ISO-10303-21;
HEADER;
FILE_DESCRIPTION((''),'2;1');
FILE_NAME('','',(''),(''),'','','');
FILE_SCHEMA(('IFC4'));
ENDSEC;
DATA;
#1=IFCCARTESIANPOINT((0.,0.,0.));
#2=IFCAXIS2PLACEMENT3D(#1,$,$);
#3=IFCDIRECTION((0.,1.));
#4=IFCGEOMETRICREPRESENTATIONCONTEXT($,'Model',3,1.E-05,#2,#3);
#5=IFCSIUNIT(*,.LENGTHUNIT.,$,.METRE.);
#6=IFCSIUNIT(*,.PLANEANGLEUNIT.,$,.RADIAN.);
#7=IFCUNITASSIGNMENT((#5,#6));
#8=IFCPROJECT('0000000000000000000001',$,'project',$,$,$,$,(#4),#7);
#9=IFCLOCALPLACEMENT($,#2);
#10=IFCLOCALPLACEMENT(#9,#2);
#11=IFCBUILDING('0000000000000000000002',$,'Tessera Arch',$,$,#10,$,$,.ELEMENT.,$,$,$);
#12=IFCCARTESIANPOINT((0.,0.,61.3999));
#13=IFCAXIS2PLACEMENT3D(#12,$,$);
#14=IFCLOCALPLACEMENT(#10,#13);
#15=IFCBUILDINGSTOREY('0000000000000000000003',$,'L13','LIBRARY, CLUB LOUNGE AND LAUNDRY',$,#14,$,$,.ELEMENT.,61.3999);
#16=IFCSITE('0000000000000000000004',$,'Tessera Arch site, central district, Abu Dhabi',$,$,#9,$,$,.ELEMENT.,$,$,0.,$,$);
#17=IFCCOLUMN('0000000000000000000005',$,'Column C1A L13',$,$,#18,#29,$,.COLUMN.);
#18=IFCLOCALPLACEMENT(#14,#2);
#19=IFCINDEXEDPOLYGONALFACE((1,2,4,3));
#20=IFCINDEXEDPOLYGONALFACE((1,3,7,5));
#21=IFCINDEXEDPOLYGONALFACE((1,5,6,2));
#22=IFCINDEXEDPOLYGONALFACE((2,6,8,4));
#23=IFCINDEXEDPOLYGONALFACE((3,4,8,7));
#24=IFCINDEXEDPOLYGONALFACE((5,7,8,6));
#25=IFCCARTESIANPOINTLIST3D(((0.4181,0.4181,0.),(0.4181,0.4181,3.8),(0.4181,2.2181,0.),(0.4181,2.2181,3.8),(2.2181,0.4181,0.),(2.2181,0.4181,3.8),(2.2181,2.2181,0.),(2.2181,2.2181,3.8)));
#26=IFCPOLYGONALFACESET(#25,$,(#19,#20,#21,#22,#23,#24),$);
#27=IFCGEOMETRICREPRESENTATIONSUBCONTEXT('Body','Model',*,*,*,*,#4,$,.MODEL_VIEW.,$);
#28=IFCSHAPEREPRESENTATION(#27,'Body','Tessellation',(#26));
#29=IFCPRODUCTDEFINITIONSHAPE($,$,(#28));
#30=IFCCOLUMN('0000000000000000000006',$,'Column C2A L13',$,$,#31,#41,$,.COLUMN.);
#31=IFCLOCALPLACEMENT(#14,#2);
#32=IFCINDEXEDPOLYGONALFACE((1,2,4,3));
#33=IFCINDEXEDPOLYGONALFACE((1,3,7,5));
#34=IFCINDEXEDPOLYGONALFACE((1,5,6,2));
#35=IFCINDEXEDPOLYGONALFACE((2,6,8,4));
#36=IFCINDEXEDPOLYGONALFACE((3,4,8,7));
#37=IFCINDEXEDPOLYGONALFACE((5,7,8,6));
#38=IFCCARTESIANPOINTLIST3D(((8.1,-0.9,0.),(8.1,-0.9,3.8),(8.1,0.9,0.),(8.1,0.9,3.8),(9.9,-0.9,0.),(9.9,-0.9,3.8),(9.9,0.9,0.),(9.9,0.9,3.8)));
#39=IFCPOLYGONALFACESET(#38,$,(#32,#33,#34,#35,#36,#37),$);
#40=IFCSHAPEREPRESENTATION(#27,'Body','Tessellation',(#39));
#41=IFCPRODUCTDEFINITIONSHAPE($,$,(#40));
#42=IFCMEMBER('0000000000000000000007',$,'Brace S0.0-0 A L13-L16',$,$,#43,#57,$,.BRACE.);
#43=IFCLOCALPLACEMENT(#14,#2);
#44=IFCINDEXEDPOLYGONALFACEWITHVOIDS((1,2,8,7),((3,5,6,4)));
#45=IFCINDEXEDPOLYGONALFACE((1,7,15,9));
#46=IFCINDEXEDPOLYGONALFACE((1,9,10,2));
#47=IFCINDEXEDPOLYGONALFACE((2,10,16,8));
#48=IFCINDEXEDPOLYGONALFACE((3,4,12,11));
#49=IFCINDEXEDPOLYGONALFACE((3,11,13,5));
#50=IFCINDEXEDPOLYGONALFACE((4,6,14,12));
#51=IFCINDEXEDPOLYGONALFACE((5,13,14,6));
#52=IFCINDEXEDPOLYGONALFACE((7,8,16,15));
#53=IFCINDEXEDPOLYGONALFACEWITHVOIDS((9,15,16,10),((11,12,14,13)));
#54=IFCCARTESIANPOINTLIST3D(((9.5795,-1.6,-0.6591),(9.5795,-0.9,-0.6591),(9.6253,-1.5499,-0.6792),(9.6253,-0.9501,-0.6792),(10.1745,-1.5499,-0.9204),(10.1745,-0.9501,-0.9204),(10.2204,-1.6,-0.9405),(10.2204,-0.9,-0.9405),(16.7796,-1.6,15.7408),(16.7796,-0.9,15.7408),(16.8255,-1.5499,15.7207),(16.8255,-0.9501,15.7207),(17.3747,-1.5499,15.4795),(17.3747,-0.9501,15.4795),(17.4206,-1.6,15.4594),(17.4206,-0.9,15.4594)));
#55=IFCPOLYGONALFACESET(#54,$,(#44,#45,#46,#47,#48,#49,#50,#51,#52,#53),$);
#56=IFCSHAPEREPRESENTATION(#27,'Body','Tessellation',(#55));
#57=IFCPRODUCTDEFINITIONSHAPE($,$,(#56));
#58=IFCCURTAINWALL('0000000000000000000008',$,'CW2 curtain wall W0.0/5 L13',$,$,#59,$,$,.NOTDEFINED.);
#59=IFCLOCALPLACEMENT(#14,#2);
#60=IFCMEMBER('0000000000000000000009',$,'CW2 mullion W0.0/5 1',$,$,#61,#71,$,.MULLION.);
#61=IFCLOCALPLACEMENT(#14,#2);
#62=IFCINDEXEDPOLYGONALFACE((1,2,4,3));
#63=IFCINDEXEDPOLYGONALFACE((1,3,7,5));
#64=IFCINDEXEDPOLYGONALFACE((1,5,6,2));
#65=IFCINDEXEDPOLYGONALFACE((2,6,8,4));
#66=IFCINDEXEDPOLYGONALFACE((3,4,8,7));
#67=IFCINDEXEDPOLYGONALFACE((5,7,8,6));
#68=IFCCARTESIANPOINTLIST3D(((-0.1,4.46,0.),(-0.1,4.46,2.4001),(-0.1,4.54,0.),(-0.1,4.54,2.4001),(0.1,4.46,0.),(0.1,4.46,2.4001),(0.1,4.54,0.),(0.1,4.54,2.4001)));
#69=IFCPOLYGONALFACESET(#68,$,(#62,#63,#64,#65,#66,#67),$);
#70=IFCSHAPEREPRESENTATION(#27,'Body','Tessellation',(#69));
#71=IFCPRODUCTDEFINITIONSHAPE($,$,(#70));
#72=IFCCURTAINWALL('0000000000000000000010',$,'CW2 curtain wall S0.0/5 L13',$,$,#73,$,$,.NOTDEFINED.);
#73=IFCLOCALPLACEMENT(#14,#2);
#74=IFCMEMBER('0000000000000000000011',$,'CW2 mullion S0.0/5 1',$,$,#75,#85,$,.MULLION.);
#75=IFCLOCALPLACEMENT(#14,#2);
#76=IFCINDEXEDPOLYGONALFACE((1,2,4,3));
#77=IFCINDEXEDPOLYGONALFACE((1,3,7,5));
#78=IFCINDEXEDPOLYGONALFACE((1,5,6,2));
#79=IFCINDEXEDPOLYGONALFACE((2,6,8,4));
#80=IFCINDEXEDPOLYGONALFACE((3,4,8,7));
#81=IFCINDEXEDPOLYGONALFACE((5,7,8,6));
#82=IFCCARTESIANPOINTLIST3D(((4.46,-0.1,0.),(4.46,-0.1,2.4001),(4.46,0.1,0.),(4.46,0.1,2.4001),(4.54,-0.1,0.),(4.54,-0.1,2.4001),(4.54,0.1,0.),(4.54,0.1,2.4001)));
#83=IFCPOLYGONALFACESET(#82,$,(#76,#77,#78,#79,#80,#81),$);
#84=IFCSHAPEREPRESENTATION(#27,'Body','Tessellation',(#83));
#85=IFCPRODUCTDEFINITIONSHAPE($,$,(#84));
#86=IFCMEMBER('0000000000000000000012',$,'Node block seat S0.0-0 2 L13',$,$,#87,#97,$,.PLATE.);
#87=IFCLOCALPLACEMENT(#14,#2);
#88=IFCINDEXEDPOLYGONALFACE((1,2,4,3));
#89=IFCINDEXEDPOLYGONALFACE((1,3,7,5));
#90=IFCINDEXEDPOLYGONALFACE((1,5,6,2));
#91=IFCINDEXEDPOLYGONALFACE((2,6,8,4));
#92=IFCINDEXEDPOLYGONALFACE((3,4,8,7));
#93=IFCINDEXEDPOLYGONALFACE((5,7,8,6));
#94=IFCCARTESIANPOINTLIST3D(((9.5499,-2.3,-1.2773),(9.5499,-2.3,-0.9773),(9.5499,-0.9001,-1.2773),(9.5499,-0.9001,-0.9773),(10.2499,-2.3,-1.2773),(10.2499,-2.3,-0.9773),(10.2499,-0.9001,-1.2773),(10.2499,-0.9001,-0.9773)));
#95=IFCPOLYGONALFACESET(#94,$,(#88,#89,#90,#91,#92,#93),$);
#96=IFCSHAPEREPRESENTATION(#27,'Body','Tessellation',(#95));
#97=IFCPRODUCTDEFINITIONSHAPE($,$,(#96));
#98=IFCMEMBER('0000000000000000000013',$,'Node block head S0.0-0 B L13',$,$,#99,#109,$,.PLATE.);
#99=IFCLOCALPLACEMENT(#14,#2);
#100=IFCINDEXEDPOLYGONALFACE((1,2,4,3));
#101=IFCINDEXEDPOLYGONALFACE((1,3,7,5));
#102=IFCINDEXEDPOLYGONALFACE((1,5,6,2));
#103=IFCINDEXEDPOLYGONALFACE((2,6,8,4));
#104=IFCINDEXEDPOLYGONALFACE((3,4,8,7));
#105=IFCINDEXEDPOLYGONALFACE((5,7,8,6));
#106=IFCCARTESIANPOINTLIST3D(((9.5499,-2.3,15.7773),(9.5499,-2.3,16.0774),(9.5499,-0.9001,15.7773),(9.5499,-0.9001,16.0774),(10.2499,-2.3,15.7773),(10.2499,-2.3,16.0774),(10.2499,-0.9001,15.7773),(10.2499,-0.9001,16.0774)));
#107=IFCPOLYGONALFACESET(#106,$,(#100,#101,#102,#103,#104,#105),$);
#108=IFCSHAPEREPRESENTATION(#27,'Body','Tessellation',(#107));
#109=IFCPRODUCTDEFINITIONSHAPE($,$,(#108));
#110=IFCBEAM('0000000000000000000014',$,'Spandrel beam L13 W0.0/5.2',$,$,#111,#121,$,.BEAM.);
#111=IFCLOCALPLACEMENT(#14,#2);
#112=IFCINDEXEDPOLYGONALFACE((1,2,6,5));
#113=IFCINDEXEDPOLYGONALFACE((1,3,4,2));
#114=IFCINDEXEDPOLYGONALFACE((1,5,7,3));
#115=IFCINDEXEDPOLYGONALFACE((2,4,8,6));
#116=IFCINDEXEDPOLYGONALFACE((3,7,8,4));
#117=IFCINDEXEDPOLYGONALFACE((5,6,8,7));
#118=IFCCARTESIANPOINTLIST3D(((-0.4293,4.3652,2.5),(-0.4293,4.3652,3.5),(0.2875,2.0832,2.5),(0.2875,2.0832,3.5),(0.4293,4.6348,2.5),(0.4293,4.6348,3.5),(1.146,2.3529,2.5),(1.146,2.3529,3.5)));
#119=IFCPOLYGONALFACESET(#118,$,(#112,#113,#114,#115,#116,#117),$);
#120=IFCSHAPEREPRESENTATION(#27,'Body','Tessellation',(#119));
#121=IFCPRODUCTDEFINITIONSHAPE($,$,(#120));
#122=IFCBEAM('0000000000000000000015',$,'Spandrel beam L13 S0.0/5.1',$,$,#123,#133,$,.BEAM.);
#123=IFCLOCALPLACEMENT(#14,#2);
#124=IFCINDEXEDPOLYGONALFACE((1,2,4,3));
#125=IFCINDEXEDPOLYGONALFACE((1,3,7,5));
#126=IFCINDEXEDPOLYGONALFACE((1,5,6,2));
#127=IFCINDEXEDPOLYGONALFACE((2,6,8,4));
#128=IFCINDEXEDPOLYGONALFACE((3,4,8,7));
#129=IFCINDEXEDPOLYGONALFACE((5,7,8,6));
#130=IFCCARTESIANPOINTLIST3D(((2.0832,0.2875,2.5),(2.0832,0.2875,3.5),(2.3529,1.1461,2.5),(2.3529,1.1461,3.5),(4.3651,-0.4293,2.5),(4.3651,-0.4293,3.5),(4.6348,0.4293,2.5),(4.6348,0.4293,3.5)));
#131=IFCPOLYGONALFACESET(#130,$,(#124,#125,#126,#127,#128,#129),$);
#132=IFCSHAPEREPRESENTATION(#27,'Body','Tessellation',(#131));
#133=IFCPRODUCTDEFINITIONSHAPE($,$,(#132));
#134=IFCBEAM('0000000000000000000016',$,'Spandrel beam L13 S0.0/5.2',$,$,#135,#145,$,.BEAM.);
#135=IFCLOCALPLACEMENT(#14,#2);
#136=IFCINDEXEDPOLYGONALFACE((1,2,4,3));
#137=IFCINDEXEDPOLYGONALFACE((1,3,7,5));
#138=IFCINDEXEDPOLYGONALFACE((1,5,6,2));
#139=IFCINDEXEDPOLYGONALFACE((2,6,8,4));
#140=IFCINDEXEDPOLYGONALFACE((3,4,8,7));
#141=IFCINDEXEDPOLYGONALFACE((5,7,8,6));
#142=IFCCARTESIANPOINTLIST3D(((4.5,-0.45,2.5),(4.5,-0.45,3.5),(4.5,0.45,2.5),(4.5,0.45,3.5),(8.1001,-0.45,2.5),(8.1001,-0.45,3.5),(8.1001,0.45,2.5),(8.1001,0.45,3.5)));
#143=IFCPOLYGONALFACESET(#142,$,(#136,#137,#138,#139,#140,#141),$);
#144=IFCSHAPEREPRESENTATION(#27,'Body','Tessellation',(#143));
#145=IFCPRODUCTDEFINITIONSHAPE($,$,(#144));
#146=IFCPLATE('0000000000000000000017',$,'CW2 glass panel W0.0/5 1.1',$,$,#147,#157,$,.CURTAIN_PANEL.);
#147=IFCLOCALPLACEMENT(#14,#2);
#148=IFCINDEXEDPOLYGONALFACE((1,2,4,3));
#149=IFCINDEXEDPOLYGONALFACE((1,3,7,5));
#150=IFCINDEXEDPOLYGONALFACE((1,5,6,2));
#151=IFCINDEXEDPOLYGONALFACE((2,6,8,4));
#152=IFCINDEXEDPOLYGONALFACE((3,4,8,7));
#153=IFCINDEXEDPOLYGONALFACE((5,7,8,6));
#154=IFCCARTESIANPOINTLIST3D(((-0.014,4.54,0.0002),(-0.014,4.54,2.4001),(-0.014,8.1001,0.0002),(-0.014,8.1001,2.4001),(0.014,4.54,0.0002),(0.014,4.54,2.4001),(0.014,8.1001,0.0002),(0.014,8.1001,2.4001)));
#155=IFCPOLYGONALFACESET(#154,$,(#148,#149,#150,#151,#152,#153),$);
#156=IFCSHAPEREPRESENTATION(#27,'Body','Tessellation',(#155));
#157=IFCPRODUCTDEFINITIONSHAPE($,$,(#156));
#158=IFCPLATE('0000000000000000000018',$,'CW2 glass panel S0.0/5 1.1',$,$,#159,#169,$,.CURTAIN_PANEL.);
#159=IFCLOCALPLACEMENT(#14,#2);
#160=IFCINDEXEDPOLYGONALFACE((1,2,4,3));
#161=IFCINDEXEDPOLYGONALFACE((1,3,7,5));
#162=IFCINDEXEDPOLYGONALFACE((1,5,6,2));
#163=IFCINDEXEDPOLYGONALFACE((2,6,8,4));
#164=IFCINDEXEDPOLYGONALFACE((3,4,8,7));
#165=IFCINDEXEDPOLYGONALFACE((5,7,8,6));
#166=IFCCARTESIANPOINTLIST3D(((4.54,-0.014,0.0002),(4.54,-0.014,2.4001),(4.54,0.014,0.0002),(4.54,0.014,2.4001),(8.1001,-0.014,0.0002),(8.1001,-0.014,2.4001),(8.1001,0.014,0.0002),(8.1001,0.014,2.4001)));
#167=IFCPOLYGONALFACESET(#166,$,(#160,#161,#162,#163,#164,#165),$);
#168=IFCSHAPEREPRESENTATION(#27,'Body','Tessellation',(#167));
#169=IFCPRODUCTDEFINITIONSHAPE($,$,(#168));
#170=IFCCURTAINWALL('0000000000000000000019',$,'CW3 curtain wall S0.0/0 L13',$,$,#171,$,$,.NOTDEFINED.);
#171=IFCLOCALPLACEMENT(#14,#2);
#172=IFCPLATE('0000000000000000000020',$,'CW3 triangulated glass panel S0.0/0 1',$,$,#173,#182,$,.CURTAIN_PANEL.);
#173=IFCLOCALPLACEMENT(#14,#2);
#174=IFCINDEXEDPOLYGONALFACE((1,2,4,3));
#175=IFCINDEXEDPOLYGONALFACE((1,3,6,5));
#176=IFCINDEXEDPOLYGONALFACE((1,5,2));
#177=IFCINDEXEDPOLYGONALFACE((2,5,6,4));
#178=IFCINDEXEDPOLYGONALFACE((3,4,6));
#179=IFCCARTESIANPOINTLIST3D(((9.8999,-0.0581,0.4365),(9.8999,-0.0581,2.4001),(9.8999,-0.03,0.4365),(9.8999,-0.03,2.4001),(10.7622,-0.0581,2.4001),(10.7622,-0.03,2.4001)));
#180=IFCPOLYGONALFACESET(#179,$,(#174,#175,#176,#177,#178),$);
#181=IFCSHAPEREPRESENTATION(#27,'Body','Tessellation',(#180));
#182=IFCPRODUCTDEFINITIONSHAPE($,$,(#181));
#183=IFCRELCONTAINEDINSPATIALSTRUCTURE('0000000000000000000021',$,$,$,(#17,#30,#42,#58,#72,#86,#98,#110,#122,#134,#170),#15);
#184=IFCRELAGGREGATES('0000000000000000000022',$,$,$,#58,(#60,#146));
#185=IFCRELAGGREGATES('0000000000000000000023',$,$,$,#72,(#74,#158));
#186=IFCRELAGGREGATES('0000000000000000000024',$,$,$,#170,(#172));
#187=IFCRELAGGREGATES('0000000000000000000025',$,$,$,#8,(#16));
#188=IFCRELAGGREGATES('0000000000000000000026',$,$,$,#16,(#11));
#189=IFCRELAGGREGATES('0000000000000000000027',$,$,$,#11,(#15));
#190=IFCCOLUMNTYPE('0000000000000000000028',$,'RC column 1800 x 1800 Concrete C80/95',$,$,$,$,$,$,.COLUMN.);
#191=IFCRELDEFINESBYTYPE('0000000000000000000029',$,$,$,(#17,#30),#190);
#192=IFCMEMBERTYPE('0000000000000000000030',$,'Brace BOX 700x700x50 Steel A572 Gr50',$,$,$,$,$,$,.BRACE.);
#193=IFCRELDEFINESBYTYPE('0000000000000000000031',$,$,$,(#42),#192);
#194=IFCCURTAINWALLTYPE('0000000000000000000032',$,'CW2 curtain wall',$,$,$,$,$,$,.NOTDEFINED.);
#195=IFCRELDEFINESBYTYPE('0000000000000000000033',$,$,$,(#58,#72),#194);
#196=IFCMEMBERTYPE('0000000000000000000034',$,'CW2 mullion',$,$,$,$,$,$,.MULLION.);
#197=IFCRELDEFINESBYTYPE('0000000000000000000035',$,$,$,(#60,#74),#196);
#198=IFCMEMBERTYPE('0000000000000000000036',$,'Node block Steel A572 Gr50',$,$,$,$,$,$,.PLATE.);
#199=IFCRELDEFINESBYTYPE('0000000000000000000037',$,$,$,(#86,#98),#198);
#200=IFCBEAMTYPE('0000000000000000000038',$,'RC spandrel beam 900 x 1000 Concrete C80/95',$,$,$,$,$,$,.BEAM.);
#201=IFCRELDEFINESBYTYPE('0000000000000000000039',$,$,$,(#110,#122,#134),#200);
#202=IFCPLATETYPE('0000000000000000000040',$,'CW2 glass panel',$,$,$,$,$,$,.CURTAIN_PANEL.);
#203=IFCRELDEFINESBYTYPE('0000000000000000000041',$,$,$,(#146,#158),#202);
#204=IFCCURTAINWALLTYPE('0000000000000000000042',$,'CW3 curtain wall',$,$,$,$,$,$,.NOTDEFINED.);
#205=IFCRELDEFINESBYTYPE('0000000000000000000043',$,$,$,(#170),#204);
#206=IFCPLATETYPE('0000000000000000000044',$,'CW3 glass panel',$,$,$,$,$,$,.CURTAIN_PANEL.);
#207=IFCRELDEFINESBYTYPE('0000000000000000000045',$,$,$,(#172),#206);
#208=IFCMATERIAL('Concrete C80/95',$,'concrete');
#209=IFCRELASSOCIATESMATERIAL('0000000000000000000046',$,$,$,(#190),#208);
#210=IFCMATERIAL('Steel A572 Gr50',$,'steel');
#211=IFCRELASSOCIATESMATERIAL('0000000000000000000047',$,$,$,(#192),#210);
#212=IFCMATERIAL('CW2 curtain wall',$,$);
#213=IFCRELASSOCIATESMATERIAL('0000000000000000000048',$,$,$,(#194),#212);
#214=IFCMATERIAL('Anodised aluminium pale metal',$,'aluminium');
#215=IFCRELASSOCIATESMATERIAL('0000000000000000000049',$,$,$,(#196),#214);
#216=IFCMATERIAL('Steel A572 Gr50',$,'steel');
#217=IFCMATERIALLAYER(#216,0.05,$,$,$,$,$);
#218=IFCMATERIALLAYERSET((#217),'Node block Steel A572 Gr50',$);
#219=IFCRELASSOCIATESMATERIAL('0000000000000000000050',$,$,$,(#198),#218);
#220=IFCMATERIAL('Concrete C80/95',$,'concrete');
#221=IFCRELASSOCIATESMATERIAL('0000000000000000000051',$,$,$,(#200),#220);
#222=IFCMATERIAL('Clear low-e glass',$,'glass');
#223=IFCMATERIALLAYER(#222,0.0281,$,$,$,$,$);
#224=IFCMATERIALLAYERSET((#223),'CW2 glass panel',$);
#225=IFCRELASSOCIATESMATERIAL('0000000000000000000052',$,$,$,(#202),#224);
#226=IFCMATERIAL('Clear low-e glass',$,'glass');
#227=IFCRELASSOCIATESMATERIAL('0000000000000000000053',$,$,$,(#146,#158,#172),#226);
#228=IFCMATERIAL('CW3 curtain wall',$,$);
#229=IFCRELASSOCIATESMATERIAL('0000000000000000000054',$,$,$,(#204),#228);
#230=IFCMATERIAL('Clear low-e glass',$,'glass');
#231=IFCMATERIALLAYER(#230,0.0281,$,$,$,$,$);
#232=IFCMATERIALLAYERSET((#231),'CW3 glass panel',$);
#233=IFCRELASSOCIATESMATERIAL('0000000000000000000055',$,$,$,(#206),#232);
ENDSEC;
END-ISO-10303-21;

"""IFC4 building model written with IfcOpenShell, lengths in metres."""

from ifc_helpers import new_model, si_unit, direction, frame, origin, origin_2d, place, context, subcontext, project, spatial, polyline, rectangle, hollow_rectangle, outline, extrude, material, layer, layer_set, material_profile, profile_set, type_object, element, aggregate, save


model = new_model("IFC4")

# Units and contexts
model_context = context("Model", 3, precision=1e-05, world=origin(), true_north=direction((0.0, 1.0)))
body_context = subcontext(model_context, "Body", "Model", "MODEL_VIEW")
ifc_project = project(units=[si_unit("LENGTHUNIT", "METRE"), si_unit("PLANEANGLEUNIT", "RADIAN")], contexts=[model_context])

# Site, building, storey
site_placement = place(None, origin())
site = spatial("IfcSite", under=ifc_project, at=site_placement, Name="Tessera Arch site, central district, Abu Dhabi", CompositionType="ELEMENT", RefElevation=0.0)
building_placement = place(site_placement, origin())
building = spatial("IfcBuilding", under=site, at=building_placement, Name="Tessera Arch", CompositionType="ELEMENT")
storey_placement = place(building_placement, frame((0.0, 0.0, 61.3999)))
storey = spatial("IfcBuildingStorey", under=building, at=storey_placement, Name="L13", Description="LIBRARY, CLUB LOUNGE AND LAUNDRY", CompositionType="ELEMENT", Elevation=61.3999)

# Columns
ifc_material_1 = material(Name="Concrete C80/95", Category="concrete")
ifc_material_profile_1 = material_profile(ifc_material_1, rectangle(XDim=1.8, YDim=1.8, at=origin_2d()), Name="RC column 1800 x 1800 Concrete C80/95")
ifc_profile_set_1 = profile_set([ifc_material_profile_1], Name="Concrete C80/95")
column_type = type_object("IfcColumnType", Name="RC column 1800 x 1800 Concrete C80/95", PredefinedType="COLUMN", material=ifc_profile_set_1)
for number, where, z_axis, x_axis, name in (
    (1, (1.3181, 1.3181, 0.0), (0.0, 0.0, 1.0), (1.0, 0.0, 0.0), "Column C1A L13"),
    (2, (9.0, 0.0, 0.0), (0.0, 0.0, 1.0), (1.0, 0.0, 0.0), "Column C2A L13"),
):
    element("IfcColumn", number, at=place(storey_placement, frame(where, z_axis=z_axis, x_axis=x_axis)), inside=storey, type_object=column_type, Name=name, PredefinedType="COLUMN", context=body_context, shape_type="SweptSolid", body=[
        extrude(rectangle(XDim=1.8, YDim=1.8, at=origin_2d()), origin(), (0.0, 0.0, 1.0), 3.8),
    ])

# Member
ifc_material_2 = material(Name="Steel A572 Gr50", Category="steel")
ifc_material_profile_2 = material_profile(ifc_material_2, hollow_rectangle(XDim=0.7, YDim=0.7, WallThickness=0.05, at=origin_2d()), Name="BOX 700x700x50")
ifc_profile_set_2 = profile_set([ifc_material_profile_2], Name="Steel A572 Gr50")
member_type_1 = type_object("IfcMemberType", Name="Brace BOX 700x700x50 Steel A572 Gr50", PredefinedType="BRACE", material=ifc_profile_set_2)
member_1_placement = place(storey_placement, frame((9.8999, -1.25, -0.7998), z_axis=(0.402001, 0.0, 0.915639), x_axis=(0.0, 1.0, 0.0)))
element("IfcMember", 3, at=member_1_placement, inside=storey, type_object=member_type_1, Name="Brace S0.0-0 A L13-L16", PredefinedType="BRACE", context=body_context, shape_type="SweptSolid", body=[
    extrude(hollow_rectangle(XDim=0.7, YDim=0.7, WallThickness=0.05, at=origin_2d()), origin(), (0.0, 0.0, 1.0), 17.9109),
])

# Curtain walls, members
ifc_material_3 = material(Name="CW2 curtain wall")
curtain_wall_type_1 = type_object("IfcCurtainWallType", Name="CW2 curtain wall", PredefinedType="NOTDEFINED", material=ifc_material_3)
curtain_wall_1_placement = place(storey_placement, origin())
curtain_wall_1 = element("IfcCurtainWall", 4, at=curtain_wall_1_placement, inside=storey, type_object=curtain_wall_type_1, Name="CW2 curtain wall W0.0/5 L13", PredefinedType="NOTDEFINED")
ifc_material_4 = material(Name="Anodised aluminium pale metal", Category="aluminium")
ifc_material_profile_3 = material_profile(ifc_material_4, rectangle(XDim=0.2, YDim=0.0801, at=origin_2d()), Name="AL 80x200")
ifc_profile_set_3 = profile_set([ifc_material_profile_3], Name="Anodised aluminium pale metal")
member_type_2 = type_object("IfcMemberType", Name="CW2 mullion", PredefinedType="MULLION", material=ifc_profile_set_3)
member_2_placement = place(storey_placement, frame((0.0, 4.5, 0.0), z_axis=(0.0, 0.0, 1.0), x_axis=(1.0, 0.0, 0.0)))
member_2 = element("IfcMember", 5, at=member_2_placement, type_object=member_type_2, Name="CW2 mullion W0.0/5 1", PredefinedType="MULLION", context=body_context, shape_type="SweptSolid", body=[
    extrude(rectangle(XDim=0.2, YDim=0.0801, at=origin_2d()), origin(), (0.0, 0.0, 1.0), 2.4001),
])
curtain_wall_2_placement = place(storey_placement, origin())
curtain_wall_2 = element("IfcCurtainWall", 6, at=curtain_wall_2_placement, inside=storey, type_object=curtain_wall_type_1, Name="CW2 curtain wall S0.0/5 L13", PredefinedType="NOTDEFINED")
member_3_placement = place(storey_placement, frame((4.5, 0.0, 0.0), z_axis=(0.0, 0.0, 1.0), x_axis=(0.0, 1.0, 0.0)))
member_3 = element("IfcMember", 7, at=member_3_placement, type_object=member_type_2, Name="CW2 mullion S0.0/5 1", PredefinedType="MULLION", context=body_context, shape_type="SweptSolid", body=[
    extrude(rectangle(XDim=0.2, YDim=0.0801, at=origin_2d()), origin(), (0.0, 0.0, 1.0), 2.4001),
])

# Members
ifc_material_5 = material(Name="Steel A572 Gr50", Category="steel")
ifc_layer_1 = layer(ifc_material_5, 0.05)
ifc_layer_set_1 = layer_set([ifc_layer_1], Name="Node block Steel A572 Gr50")
member_type_3 = type_object("IfcMemberType", Name="Node block Steel A572 Gr50", PredefinedType="PLATE", material=ifc_layer_set_1)
for number, where, z_axis, x_axis, name in (
    (8, (9.8999, -1.6001, -1.2773), (0.0, 0.0, 1.0), (1.0, 0.0, 0.0), "Node block seat S0.0-0 2 L13"),
    (9, (9.8999, -1.6001, 15.7773), (0.0, 0.0, 1.0), (1.0, 0.0, 0.0), "Node block head S0.0-0 B L13"),
):
    element("IfcMember", number, at=place(storey_placement, frame(where, z_axis=z_axis, x_axis=x_axis)), inside=storey, type_object=member_type_3, Name=name, PredefinedType="PLATE", context=body_context, shape_type="SweptSolid", body=[
        extrude(rectangle(XDim=0.7, YDim=1.3999, at=origin_2d()), origin(), (0.0, 0.0, 1.0), 0.3),
    ])

# Beams
ifc_material_6 = material(Name="Concrete C80/95", Category="concrete")
ifc_material_profile_4 = material_profile(ifc_material_6, rectangle(XDim=0.8999, YDim=1.0, at=origin_2d()), Name="RC spandrel beam 900 x 1000 Concrete C80/95")
ifc_profile_set_4 = profile_set([ifc_material_profile_4], Name="Concrete C80/95")
beam_type = type_object("IfcBeamType", Name="RC spandrel beam 900 x 1000 Concrete C80/95", PredefinedType="BEAM", material=ifc_profile_set_4)
for number, where, z_axis, x_axis, name in (
    (10, (0.0, 4.5, 3.0), (0.299675, -0.954041, 0.0), (0.954041, 0.299675, 0.0), "Spandrel beam L13 W0.0/5.2"),
    (11, (2.218, 0.7168, 3.0), (0.954041, -0.299675, 0.0), (0.299675, 0.954041, 0.0), "Spandrel beam L13 S0.0/5.1"),
):
    element("IfcBeam", number, at=place(storey_placement, frame(where, z_axis=z_axis, x_axis=x_axis)), inside=storey, type_object=beam_type, Name=name, PredefinedType="BEAM", context=body_context, shape_type="SweptSolid", body=[
        extrude(rectangle(XDim=0.8999, YDim=1.0, at=origin_2d()), origin(), (0.0, 0.0, 1.0), 2.3918),
    ])
beam_placement = place(storey_placement, frame((4.5, 0.0, 3.0), z_axis=(1.0, 0.0, 0.0), x_axis=(0.0, 1.0, 0.0)))
element("IfcBeam", 12, at=beam_placement, inside=storey, type_object=beam_type, Name="Spandrel beam L13 S0.0/5.2", PredefinedType="BEAM", context=body_context, shape_type="SweptSolid", body=[
    extrude(rectangle(XDim=0.8999, YDim=1.0, at=origin_2d()), origin(), (0.0, 0.0, 1.0), 3.6001),
])

# Plates
ifc_material_7 = material(Name="Clear low-e glass", Category="glass")
ifc_material_8 = material(Name="Clear low-e glass", Category="glass")
ifc_layer_2 = layer(ifc_material_8, 0.0281)
ifc_layer_set_2 = layer_set([ifc_layer_2], Name="CW2 glass panel")
plate_type_1 = type_object("IfcPlateType", Name="CW2 glass panel", PredefinedType="CURTAIN_PANEL", material=ifc_layer_set_2)
plate_1_placement = place(storey_placement, frame((0.0, 6.3201, 0.0002), z_axis=(0.0, 0.0, 1.0), x_axis=(0.0, -1.0, 0.0)))
plate_1 = element("IfcPlate", 13, at=plate_1_placement, type_object=plate_type_1, material=ifc_material_7, Name="CW2 glass panel W0.0/5 1.1", PredefinedType="CURTAIN_PANEL", context=body_context, shape_type="SweptSolid", body=[
    extrude(rectangle(XDim=3.5601, YDim=0.0281, at=origin_2d()), origin(), (0.0, 0.0, 1.0), 2.3999),
])
aggregate(curtain_wall_1, [member_2, plate_1])
plate_2_placement = place(storey_placement, frame((6.3201, 0.0, 0.0002), z_axis=(0.0, 0.0, 1.0), x_axis=(1.0, 0.0, 0.0)))
plate_2 = element("IfcPlate", 14, at=plate_2_placement, type_object=plate_type_1, material=ifc_material_7, Name="CW2 glass panel S0.0/5 1.1", PredefinedType="CURTAIN_PANEL", context=body_context, shape_type="SweptSolid", body=[
    extrude(rectangle(XDim=3.5601, YDim=0.0281, at=origin_2d()), origin(), (0.0, 0.0, 1.0), 2.3999),
])
aggregate(curtain_wall_2, [member_3, plate_2])

# Curtain wall, plate
ifc_material_9 = material(Name="CW3 curtain wall")
curtain_wall_type_2 = type_object("IfcCurtainWallType", Name="CW3 curtain wall", PredefinedType="NOTDEFINED", material=ifc_material_9)
curtain_wall_3_placement = place(storey_placement, origin())
curtain_wall_3 = element("IfcCurtainWall", 15, at=curtain_wall_3_placement, inside=storey, type_object=curtain_wall_type_2, Name="CW3 curtain wall S0.0/0 L13", PredefinedType="NOTDEFINED")
ifc_material_10 = material(Name="Clear low-e glass", Category="glass")
ifc_layer_3 = layer(ifc_material_10, 0.0281)
ifc_layer_set_3 = layer_set([ifc_layer_3], Name="CW3 glass panel")
plate_type_2 = type_object("IfcPlateType", Name="CW3 glass panel", PredefinedType="CURTAIN_PANEL", material=ifc_layer_set_3)
plate_3_placement = place(storey_placement, frame((9.8999, -0.0581, 2.4001), z_axis=(0.0, -1.0, 0.0), x_axis=(0.0, 0.0, -1.0)))
plate_3 = element("IfcPlate", 16, at=plate_3_placement, type_object=plate_type_2, material=ifc_material_7, Name="CW3 triangulated glass panel S0.0/0 1", PredefinedType="CURTAIN_PANEL", context=body_context, shape_type="SweptSolid", body=[
    extrude(outline(polyline([(0.0, 0.0), (1.9636, 0.0), (0.0, 0.8623), (0.0, 0.0)])), origin(), (0.0, 0.0, -1.0), 0.0281),
])
aggregate(curtain_wall_3, [plate_3])

save(model, "model.ifc")
